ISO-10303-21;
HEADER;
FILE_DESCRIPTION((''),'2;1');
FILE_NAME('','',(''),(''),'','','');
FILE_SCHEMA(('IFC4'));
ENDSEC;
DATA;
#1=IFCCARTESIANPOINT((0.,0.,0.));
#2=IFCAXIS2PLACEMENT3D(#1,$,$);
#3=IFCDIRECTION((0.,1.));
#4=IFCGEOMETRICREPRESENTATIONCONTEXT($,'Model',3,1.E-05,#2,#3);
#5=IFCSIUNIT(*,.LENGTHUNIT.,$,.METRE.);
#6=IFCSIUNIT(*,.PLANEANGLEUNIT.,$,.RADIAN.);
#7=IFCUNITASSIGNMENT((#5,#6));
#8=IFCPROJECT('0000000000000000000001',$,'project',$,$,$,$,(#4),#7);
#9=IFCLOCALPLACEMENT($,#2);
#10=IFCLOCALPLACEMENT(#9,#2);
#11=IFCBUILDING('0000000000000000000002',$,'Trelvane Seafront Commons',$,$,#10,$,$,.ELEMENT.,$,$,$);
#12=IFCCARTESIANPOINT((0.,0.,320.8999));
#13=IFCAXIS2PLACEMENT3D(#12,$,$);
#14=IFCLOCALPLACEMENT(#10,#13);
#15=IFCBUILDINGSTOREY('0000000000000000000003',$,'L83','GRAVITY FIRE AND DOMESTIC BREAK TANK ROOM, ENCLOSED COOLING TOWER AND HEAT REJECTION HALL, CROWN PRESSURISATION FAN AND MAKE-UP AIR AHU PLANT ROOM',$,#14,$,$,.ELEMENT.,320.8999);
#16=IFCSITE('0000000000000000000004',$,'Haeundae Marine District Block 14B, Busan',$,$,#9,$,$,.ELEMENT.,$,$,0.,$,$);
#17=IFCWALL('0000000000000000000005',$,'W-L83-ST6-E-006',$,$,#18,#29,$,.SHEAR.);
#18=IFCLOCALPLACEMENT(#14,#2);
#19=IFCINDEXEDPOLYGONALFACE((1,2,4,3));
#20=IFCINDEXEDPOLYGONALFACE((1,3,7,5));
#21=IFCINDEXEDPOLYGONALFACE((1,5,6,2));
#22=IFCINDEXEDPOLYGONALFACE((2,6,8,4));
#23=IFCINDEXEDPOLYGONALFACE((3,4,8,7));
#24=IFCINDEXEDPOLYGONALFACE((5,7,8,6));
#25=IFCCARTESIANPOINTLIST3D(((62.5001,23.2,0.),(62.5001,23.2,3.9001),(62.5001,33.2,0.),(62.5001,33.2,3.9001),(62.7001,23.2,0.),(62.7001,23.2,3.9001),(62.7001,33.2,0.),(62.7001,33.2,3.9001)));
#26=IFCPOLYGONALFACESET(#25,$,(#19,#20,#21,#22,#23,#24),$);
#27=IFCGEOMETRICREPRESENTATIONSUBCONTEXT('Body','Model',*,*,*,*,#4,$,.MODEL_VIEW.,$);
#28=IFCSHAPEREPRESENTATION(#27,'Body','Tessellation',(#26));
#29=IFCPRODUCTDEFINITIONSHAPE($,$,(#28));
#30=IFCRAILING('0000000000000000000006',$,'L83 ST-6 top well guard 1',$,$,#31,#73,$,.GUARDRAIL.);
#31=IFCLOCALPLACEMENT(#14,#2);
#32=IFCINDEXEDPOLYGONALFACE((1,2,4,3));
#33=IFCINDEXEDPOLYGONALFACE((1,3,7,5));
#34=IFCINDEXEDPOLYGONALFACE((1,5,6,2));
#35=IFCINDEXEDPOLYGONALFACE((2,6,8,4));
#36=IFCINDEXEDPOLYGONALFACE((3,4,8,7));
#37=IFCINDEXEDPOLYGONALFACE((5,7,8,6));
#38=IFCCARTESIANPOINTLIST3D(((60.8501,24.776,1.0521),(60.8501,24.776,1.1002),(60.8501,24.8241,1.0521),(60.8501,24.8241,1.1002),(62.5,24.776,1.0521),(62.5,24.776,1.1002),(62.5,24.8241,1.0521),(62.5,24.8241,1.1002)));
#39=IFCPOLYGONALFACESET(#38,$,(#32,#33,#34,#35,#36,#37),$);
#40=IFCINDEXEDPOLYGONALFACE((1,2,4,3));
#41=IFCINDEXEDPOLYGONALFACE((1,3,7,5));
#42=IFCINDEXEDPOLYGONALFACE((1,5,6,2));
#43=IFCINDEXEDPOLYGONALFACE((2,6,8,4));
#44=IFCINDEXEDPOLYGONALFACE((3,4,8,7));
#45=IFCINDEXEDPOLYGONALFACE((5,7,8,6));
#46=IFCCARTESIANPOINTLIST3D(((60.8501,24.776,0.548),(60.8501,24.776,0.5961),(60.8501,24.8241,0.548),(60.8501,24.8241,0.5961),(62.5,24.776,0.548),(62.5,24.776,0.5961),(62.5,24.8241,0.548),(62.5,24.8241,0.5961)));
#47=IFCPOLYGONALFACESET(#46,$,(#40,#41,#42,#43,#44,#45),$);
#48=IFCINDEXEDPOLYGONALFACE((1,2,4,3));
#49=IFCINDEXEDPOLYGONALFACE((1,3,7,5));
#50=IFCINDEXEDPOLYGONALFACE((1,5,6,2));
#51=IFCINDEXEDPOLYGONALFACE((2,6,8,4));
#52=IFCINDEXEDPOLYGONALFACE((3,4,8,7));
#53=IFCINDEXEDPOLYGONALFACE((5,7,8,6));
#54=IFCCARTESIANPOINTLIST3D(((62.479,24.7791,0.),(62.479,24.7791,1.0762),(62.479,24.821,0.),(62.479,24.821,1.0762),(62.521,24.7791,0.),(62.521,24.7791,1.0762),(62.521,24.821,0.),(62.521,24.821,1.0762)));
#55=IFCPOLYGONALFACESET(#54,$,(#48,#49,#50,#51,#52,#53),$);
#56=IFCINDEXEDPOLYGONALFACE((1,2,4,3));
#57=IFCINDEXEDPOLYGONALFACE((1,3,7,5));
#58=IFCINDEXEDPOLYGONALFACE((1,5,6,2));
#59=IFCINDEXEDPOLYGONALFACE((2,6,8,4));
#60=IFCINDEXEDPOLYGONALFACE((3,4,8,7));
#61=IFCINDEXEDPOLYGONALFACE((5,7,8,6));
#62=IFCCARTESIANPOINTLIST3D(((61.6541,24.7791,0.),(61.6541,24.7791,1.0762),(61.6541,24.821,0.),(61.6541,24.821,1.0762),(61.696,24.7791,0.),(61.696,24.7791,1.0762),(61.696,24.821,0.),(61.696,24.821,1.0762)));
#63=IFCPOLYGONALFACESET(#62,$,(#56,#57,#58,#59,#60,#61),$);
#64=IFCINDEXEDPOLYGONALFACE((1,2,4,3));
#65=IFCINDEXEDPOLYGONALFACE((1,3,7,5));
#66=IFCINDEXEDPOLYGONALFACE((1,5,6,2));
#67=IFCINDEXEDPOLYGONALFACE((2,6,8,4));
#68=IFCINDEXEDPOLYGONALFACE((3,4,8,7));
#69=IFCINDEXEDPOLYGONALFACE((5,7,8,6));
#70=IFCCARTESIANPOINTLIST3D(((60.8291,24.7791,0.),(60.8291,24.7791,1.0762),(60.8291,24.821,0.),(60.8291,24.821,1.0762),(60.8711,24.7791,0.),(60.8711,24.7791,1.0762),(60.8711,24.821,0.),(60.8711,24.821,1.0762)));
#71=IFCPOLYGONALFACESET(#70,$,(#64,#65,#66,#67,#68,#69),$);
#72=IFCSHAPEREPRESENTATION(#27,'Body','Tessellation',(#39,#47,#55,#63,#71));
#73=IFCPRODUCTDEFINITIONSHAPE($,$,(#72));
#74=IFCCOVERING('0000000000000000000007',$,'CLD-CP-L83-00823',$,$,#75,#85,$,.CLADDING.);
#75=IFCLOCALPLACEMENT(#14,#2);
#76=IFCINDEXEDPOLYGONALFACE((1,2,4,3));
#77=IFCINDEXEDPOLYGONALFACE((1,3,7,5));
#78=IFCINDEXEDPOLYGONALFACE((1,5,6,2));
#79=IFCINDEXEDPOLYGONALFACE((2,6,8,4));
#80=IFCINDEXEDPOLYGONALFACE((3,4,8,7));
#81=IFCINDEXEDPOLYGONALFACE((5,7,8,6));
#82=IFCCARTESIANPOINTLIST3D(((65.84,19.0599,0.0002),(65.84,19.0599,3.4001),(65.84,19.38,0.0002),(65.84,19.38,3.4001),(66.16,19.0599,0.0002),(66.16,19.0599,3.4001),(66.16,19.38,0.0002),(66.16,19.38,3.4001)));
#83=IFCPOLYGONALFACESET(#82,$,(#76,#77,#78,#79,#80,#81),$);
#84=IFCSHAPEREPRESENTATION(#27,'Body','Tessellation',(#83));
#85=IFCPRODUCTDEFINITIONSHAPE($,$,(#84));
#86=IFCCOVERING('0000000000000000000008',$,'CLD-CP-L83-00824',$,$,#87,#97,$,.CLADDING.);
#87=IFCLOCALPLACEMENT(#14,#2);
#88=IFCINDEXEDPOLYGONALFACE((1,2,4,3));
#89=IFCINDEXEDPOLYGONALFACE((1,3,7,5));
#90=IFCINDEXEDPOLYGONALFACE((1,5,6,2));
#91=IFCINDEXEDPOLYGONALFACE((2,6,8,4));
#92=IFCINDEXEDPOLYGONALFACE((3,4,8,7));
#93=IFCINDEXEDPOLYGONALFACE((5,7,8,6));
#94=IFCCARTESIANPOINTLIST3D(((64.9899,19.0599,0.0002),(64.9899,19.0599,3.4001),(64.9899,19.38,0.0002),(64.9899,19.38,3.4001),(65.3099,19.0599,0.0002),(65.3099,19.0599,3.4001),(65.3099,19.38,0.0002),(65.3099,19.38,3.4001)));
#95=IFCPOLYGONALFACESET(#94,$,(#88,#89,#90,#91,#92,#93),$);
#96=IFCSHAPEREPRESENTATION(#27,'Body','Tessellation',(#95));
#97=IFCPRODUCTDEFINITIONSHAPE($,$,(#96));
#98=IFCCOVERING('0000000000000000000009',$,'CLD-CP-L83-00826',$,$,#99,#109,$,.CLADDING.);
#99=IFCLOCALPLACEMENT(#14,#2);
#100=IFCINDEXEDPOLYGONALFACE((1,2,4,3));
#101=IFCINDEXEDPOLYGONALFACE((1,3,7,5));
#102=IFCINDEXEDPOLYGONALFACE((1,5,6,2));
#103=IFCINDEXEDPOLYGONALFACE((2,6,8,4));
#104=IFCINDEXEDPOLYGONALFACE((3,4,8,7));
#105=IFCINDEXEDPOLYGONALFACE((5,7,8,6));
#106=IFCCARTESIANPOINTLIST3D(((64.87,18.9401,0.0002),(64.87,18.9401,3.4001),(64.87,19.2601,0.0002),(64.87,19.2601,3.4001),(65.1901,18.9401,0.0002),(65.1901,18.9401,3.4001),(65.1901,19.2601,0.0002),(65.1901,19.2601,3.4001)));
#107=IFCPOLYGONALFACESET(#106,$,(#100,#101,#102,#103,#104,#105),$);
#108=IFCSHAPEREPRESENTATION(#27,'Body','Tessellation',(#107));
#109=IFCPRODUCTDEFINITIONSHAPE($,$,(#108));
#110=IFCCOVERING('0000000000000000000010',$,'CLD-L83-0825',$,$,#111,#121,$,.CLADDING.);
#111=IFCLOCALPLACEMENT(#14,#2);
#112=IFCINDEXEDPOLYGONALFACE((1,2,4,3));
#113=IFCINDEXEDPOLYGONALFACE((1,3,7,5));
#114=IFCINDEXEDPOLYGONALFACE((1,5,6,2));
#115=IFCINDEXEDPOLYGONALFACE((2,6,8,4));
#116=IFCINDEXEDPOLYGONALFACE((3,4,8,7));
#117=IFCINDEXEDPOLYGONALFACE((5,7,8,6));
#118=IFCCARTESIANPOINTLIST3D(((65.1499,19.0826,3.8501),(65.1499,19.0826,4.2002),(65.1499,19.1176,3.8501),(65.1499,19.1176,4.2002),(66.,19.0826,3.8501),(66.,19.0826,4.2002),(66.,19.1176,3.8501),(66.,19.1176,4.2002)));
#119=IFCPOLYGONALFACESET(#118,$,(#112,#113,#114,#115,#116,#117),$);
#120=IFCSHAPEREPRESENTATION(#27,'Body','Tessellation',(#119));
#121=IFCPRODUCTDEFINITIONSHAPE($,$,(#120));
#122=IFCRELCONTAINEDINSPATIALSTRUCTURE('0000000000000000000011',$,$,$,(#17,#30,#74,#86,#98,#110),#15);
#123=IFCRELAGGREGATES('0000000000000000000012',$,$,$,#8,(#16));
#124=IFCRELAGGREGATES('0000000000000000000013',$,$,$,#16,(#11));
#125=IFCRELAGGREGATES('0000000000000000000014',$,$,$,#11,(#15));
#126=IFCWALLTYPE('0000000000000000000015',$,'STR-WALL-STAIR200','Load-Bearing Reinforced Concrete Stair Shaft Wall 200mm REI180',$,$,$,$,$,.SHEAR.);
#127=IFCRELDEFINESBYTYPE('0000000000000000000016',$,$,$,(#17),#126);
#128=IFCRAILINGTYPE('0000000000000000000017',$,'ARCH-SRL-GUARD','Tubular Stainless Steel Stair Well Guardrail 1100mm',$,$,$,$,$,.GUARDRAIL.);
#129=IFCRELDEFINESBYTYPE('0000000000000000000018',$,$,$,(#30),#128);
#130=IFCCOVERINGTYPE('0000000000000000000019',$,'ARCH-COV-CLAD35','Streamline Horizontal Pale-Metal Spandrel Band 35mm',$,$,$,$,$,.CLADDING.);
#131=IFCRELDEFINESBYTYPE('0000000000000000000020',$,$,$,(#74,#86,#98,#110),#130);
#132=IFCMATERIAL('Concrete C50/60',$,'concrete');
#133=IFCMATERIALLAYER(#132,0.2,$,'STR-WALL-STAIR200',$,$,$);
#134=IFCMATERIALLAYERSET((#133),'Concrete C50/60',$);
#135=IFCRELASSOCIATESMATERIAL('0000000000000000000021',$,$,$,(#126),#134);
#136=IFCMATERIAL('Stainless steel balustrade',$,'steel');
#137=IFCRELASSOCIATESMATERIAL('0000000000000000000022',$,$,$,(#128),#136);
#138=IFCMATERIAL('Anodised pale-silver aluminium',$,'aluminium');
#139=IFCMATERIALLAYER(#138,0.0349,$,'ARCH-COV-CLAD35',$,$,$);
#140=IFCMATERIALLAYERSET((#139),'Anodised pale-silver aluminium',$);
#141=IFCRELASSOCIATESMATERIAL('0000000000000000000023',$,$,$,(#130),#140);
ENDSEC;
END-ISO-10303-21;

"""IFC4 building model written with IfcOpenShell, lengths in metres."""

from ifc_helpers import new_model, si_unit, direction, frame, frame_2d, origin, origin_2d, place, context, subcontext, project, spatial, rectangle, extrude, source, transform, mapped, material, layer, layer_set, type_object, element, save


model = new_model("IFC4")

# Units and contexts
model_context = context("Model", 3, precision=1e-05, world=origin(), true_north=direction((0.0, 1.0)))
body_context = subcontext(model_context, "Body", "Model", "MODEL_VIEW")
ifc_project = project(units=[si_unit("LENGTHUNIT", "METRE"), si_unit("PLANEANGLEUNIT", "RADIAN")], contexts=[model_context])

# Site, building, storey
site_placement = place(None, origin())
site = spatial("IfcSite", under=ifc_project, at=site_placement, Name="Haeundae Marine District Block 14B, Busan", CompositionType="ELEMENT", RefElevation=0.0)
building_placement = place(site_placement, origin())
building = spatial("IfcBuilding", under=site, at=building_placement, Name="Trelvane Seafront Commons", CompositionType="ELEMENT")
storey_placement = place(building_placement, frame((0.0, 0.0, 320.8999)))
storey = spatial("IfcBuildingStorey", under=building, at=storey_placement, Name="L83", Description="GRAVITY FIRE AND DOMESTIC BREAK TANK ROOM, ENCLOSED COOLING TOWER AND HEAT REJECTION HALL, CROWN PRESSURISATION FAN AND MAKE-UP AIR AHU PLANT ROOM", CompositionType="ELEMENT", Elevation=320.8999)

# Shared definitions
ifc_material_1 = material(Name="Anodised pale-silver aluminium", Category="aluminium")

# Wall
ifc_material_2 = material(Name="Concrete C50/60", Category="concrete")
ifc_layer_1 = layer(ifc_material_2, 0.2, Name="STR-WALL-STAIR200")
ifc_layer_set_1 = layer_set([ifc_layer_1], Name="Concrete C50/60")
wall_type_1 = type_object("IfcWallType", Name="STR-WALL-STAIR200", Description="Load-Bearing Reinforced Concrete Stair Shaft Wall 200mm REI180", PredefinedType="SHEAR", material=ifc_layer_set_1)
for number, where, z_axis, x_axis, name in (
    (1, (62.6001, 23.2, 0.0), (0.0, 0.0, 1.0), (0.0, 1.0, 0.0), "W-L83-ST6-E-006"),
):
    element("IfcWall", number, at=place(storey_placement, frame(where, z_axis=z_axis, x_axis=x_axis)), inside=storey, type_object=wall_type_1, Name=name, PredefinedType="SHEAR", context=body_context, shape_type="SweptSolid", body=[
        extrude(rectangle(XDim=10.0, YDim=0.2, at=frame_2d((5.0, 0.0))), origin(), (0.0, 0.0, 1.0), 3.9001),
    ])

# Railing
ifc_material_3 = material(Name="Stainless steel balustrade", Category="steel")
railing_type = type_object("IfcRailingType", Name="ARCH-SRL-GUARD", Description="Tubular Stainless Steel Stair Well Guardrail 1100mm", PredefinedType="GUARDRAIL", material=ifc_material_3)
railing_placement = place(storey_placement, frame((62.5, 24.8, 0.0)))
element("IfcRailing", 2, at=railing_placement, inside=storey, type_object=railing_type, Name="L83 ST-6 top well guard 1", PredefinedType="GUARDRAIL", context=body_context, shape_type="SweptSolid", body=[
    extrude(rectangle(XDim=0.0481, YDim=0.0481, at=origin_2d()), frame((0.0, 0.0, 1.0762), z_axis=(-1.0, 0.0, 0.0), x_axis=(0.0, -1.0, 0.0)), (0.0, 0.0, 1.0), 1.6499),
    extrude(rectangle(XDim=0.0481, YDim=0.0481, at=origin_2d()), frame((0.0, 0.0, 0.572), z_axis=(-1.0, 0.0, 0.0), x_axis=(0.0, -1.0, 0.0)), (0.0, 0.0, 1.0), 1.6499),
    extrude(rectangle(XDim=0.042, YDim=0.042, at=origin_2d()), origin(), (0.0, 0.0, 1.0), 1.0762),
    extrude(rectangle(XDim=0.042, YDim=0.042, at=origin_2d()), frame((-0.825, 0.0, 0.0)), (0.0, 0.0, 1.0), 1.0762),
    extrude(rectangle(XDim=0.042, YDim=0.042, at=origin_2d()), frame((-1.6499, 0.0, 0.0)), (0.0, 0.0, 1.0), 1.0762),
])

# Coverings
ifc_layer_2 = layer(ifc_material_1, 0.0349, Name="ARCH-COV-CLAD35")
ifc_layer_set_2 = layer_set([ifc_layer_2], Name="Anodised pale-silver aluminium")
covering_type = type_object("IfcCoveringType", Name="ARCH-COV-CLAD35", Description="Streamline Horizontal Pale-Metal Spandrel Band 35mm", PredefinedType="CLADDING", material=ifc_layer_set_2)
shared_shape_1 = source(origin(), body_context, "Body", "SweptSolid", [
    extrude(rectangle(XDim=0.3201, YDim=0.3201, at=origin_2d()), origin(), (0.0, 0.0, 1.0), 3.3999),
])
for number, where, z_axis, x_axis, name in (
    (3, (66.0, 19.22, 0.0002), (0.0, 0.0, 1.0), (1.0, 0.0, 0.0), "CLD-CP-L83-00823"),
    (4, (65.1499, 19.22, 0.0002), (0.0, 0.0, 1.0), (1.0, 0.0, 0.0), "CLD-CP-L83-00824"),
    (5, (65.03, 19.1001, 0.0002), (0.0, 0.0, 1.0), (1.0, 0.0, 0.0), "CLD-CP-L83-00826"),
):
    element("IfcCovering", number, at=place(storey_placement, frame(where, z_axis=z_axis, x_axis=x_axis)), inside=storey, type_object=covering_type, Name=name, PredefinedType="CLADDING", context=body_context, shape_type="MappedRepresentation", body=[
        mapped(shared_shape_1, transform((0.0, 0.0, 0.0), x_axis=(1.0, 0.0, 0.0), y_axis=(0.0, 1.0, 0.0), z_axis=(0.0, 0.0, 1.0), scale=1.0)),
    ])
shared_shape_2 = source(origin(), body_context, "Body", "SweptSolid", [
    extrude(rectangle(XDim=0.8501, YDim=0.0349, at=origin_2d()), origin(), (0.0, 0.0, 1.0), 0.3501),
])
covering_placement = place(storey_placement, frame((65.575, 19.1001, 3.8501), z_axis=(0.0, 0.0, 1.0), x_axis=(-1.0, 0.0, 0.0)))
element("IfcCovering", 6, at=covering_placement, inside=storey, type_object=covering_type, Name="CLD-L83-0825", PredefinedType="CLADDING", context=body_context, shape_type="MappedRepresentation", body=[
    mapped(shared_shape_2, transform((0.0, 0.0, 0.0), x_axis=(1.0, 0.0, 0.0), y_axis=(0.0, 1.0, 0.0), z_axis=(0.0, 0.0, 1.0), scale=1.0)),
])

save(model, "model.ifc")
